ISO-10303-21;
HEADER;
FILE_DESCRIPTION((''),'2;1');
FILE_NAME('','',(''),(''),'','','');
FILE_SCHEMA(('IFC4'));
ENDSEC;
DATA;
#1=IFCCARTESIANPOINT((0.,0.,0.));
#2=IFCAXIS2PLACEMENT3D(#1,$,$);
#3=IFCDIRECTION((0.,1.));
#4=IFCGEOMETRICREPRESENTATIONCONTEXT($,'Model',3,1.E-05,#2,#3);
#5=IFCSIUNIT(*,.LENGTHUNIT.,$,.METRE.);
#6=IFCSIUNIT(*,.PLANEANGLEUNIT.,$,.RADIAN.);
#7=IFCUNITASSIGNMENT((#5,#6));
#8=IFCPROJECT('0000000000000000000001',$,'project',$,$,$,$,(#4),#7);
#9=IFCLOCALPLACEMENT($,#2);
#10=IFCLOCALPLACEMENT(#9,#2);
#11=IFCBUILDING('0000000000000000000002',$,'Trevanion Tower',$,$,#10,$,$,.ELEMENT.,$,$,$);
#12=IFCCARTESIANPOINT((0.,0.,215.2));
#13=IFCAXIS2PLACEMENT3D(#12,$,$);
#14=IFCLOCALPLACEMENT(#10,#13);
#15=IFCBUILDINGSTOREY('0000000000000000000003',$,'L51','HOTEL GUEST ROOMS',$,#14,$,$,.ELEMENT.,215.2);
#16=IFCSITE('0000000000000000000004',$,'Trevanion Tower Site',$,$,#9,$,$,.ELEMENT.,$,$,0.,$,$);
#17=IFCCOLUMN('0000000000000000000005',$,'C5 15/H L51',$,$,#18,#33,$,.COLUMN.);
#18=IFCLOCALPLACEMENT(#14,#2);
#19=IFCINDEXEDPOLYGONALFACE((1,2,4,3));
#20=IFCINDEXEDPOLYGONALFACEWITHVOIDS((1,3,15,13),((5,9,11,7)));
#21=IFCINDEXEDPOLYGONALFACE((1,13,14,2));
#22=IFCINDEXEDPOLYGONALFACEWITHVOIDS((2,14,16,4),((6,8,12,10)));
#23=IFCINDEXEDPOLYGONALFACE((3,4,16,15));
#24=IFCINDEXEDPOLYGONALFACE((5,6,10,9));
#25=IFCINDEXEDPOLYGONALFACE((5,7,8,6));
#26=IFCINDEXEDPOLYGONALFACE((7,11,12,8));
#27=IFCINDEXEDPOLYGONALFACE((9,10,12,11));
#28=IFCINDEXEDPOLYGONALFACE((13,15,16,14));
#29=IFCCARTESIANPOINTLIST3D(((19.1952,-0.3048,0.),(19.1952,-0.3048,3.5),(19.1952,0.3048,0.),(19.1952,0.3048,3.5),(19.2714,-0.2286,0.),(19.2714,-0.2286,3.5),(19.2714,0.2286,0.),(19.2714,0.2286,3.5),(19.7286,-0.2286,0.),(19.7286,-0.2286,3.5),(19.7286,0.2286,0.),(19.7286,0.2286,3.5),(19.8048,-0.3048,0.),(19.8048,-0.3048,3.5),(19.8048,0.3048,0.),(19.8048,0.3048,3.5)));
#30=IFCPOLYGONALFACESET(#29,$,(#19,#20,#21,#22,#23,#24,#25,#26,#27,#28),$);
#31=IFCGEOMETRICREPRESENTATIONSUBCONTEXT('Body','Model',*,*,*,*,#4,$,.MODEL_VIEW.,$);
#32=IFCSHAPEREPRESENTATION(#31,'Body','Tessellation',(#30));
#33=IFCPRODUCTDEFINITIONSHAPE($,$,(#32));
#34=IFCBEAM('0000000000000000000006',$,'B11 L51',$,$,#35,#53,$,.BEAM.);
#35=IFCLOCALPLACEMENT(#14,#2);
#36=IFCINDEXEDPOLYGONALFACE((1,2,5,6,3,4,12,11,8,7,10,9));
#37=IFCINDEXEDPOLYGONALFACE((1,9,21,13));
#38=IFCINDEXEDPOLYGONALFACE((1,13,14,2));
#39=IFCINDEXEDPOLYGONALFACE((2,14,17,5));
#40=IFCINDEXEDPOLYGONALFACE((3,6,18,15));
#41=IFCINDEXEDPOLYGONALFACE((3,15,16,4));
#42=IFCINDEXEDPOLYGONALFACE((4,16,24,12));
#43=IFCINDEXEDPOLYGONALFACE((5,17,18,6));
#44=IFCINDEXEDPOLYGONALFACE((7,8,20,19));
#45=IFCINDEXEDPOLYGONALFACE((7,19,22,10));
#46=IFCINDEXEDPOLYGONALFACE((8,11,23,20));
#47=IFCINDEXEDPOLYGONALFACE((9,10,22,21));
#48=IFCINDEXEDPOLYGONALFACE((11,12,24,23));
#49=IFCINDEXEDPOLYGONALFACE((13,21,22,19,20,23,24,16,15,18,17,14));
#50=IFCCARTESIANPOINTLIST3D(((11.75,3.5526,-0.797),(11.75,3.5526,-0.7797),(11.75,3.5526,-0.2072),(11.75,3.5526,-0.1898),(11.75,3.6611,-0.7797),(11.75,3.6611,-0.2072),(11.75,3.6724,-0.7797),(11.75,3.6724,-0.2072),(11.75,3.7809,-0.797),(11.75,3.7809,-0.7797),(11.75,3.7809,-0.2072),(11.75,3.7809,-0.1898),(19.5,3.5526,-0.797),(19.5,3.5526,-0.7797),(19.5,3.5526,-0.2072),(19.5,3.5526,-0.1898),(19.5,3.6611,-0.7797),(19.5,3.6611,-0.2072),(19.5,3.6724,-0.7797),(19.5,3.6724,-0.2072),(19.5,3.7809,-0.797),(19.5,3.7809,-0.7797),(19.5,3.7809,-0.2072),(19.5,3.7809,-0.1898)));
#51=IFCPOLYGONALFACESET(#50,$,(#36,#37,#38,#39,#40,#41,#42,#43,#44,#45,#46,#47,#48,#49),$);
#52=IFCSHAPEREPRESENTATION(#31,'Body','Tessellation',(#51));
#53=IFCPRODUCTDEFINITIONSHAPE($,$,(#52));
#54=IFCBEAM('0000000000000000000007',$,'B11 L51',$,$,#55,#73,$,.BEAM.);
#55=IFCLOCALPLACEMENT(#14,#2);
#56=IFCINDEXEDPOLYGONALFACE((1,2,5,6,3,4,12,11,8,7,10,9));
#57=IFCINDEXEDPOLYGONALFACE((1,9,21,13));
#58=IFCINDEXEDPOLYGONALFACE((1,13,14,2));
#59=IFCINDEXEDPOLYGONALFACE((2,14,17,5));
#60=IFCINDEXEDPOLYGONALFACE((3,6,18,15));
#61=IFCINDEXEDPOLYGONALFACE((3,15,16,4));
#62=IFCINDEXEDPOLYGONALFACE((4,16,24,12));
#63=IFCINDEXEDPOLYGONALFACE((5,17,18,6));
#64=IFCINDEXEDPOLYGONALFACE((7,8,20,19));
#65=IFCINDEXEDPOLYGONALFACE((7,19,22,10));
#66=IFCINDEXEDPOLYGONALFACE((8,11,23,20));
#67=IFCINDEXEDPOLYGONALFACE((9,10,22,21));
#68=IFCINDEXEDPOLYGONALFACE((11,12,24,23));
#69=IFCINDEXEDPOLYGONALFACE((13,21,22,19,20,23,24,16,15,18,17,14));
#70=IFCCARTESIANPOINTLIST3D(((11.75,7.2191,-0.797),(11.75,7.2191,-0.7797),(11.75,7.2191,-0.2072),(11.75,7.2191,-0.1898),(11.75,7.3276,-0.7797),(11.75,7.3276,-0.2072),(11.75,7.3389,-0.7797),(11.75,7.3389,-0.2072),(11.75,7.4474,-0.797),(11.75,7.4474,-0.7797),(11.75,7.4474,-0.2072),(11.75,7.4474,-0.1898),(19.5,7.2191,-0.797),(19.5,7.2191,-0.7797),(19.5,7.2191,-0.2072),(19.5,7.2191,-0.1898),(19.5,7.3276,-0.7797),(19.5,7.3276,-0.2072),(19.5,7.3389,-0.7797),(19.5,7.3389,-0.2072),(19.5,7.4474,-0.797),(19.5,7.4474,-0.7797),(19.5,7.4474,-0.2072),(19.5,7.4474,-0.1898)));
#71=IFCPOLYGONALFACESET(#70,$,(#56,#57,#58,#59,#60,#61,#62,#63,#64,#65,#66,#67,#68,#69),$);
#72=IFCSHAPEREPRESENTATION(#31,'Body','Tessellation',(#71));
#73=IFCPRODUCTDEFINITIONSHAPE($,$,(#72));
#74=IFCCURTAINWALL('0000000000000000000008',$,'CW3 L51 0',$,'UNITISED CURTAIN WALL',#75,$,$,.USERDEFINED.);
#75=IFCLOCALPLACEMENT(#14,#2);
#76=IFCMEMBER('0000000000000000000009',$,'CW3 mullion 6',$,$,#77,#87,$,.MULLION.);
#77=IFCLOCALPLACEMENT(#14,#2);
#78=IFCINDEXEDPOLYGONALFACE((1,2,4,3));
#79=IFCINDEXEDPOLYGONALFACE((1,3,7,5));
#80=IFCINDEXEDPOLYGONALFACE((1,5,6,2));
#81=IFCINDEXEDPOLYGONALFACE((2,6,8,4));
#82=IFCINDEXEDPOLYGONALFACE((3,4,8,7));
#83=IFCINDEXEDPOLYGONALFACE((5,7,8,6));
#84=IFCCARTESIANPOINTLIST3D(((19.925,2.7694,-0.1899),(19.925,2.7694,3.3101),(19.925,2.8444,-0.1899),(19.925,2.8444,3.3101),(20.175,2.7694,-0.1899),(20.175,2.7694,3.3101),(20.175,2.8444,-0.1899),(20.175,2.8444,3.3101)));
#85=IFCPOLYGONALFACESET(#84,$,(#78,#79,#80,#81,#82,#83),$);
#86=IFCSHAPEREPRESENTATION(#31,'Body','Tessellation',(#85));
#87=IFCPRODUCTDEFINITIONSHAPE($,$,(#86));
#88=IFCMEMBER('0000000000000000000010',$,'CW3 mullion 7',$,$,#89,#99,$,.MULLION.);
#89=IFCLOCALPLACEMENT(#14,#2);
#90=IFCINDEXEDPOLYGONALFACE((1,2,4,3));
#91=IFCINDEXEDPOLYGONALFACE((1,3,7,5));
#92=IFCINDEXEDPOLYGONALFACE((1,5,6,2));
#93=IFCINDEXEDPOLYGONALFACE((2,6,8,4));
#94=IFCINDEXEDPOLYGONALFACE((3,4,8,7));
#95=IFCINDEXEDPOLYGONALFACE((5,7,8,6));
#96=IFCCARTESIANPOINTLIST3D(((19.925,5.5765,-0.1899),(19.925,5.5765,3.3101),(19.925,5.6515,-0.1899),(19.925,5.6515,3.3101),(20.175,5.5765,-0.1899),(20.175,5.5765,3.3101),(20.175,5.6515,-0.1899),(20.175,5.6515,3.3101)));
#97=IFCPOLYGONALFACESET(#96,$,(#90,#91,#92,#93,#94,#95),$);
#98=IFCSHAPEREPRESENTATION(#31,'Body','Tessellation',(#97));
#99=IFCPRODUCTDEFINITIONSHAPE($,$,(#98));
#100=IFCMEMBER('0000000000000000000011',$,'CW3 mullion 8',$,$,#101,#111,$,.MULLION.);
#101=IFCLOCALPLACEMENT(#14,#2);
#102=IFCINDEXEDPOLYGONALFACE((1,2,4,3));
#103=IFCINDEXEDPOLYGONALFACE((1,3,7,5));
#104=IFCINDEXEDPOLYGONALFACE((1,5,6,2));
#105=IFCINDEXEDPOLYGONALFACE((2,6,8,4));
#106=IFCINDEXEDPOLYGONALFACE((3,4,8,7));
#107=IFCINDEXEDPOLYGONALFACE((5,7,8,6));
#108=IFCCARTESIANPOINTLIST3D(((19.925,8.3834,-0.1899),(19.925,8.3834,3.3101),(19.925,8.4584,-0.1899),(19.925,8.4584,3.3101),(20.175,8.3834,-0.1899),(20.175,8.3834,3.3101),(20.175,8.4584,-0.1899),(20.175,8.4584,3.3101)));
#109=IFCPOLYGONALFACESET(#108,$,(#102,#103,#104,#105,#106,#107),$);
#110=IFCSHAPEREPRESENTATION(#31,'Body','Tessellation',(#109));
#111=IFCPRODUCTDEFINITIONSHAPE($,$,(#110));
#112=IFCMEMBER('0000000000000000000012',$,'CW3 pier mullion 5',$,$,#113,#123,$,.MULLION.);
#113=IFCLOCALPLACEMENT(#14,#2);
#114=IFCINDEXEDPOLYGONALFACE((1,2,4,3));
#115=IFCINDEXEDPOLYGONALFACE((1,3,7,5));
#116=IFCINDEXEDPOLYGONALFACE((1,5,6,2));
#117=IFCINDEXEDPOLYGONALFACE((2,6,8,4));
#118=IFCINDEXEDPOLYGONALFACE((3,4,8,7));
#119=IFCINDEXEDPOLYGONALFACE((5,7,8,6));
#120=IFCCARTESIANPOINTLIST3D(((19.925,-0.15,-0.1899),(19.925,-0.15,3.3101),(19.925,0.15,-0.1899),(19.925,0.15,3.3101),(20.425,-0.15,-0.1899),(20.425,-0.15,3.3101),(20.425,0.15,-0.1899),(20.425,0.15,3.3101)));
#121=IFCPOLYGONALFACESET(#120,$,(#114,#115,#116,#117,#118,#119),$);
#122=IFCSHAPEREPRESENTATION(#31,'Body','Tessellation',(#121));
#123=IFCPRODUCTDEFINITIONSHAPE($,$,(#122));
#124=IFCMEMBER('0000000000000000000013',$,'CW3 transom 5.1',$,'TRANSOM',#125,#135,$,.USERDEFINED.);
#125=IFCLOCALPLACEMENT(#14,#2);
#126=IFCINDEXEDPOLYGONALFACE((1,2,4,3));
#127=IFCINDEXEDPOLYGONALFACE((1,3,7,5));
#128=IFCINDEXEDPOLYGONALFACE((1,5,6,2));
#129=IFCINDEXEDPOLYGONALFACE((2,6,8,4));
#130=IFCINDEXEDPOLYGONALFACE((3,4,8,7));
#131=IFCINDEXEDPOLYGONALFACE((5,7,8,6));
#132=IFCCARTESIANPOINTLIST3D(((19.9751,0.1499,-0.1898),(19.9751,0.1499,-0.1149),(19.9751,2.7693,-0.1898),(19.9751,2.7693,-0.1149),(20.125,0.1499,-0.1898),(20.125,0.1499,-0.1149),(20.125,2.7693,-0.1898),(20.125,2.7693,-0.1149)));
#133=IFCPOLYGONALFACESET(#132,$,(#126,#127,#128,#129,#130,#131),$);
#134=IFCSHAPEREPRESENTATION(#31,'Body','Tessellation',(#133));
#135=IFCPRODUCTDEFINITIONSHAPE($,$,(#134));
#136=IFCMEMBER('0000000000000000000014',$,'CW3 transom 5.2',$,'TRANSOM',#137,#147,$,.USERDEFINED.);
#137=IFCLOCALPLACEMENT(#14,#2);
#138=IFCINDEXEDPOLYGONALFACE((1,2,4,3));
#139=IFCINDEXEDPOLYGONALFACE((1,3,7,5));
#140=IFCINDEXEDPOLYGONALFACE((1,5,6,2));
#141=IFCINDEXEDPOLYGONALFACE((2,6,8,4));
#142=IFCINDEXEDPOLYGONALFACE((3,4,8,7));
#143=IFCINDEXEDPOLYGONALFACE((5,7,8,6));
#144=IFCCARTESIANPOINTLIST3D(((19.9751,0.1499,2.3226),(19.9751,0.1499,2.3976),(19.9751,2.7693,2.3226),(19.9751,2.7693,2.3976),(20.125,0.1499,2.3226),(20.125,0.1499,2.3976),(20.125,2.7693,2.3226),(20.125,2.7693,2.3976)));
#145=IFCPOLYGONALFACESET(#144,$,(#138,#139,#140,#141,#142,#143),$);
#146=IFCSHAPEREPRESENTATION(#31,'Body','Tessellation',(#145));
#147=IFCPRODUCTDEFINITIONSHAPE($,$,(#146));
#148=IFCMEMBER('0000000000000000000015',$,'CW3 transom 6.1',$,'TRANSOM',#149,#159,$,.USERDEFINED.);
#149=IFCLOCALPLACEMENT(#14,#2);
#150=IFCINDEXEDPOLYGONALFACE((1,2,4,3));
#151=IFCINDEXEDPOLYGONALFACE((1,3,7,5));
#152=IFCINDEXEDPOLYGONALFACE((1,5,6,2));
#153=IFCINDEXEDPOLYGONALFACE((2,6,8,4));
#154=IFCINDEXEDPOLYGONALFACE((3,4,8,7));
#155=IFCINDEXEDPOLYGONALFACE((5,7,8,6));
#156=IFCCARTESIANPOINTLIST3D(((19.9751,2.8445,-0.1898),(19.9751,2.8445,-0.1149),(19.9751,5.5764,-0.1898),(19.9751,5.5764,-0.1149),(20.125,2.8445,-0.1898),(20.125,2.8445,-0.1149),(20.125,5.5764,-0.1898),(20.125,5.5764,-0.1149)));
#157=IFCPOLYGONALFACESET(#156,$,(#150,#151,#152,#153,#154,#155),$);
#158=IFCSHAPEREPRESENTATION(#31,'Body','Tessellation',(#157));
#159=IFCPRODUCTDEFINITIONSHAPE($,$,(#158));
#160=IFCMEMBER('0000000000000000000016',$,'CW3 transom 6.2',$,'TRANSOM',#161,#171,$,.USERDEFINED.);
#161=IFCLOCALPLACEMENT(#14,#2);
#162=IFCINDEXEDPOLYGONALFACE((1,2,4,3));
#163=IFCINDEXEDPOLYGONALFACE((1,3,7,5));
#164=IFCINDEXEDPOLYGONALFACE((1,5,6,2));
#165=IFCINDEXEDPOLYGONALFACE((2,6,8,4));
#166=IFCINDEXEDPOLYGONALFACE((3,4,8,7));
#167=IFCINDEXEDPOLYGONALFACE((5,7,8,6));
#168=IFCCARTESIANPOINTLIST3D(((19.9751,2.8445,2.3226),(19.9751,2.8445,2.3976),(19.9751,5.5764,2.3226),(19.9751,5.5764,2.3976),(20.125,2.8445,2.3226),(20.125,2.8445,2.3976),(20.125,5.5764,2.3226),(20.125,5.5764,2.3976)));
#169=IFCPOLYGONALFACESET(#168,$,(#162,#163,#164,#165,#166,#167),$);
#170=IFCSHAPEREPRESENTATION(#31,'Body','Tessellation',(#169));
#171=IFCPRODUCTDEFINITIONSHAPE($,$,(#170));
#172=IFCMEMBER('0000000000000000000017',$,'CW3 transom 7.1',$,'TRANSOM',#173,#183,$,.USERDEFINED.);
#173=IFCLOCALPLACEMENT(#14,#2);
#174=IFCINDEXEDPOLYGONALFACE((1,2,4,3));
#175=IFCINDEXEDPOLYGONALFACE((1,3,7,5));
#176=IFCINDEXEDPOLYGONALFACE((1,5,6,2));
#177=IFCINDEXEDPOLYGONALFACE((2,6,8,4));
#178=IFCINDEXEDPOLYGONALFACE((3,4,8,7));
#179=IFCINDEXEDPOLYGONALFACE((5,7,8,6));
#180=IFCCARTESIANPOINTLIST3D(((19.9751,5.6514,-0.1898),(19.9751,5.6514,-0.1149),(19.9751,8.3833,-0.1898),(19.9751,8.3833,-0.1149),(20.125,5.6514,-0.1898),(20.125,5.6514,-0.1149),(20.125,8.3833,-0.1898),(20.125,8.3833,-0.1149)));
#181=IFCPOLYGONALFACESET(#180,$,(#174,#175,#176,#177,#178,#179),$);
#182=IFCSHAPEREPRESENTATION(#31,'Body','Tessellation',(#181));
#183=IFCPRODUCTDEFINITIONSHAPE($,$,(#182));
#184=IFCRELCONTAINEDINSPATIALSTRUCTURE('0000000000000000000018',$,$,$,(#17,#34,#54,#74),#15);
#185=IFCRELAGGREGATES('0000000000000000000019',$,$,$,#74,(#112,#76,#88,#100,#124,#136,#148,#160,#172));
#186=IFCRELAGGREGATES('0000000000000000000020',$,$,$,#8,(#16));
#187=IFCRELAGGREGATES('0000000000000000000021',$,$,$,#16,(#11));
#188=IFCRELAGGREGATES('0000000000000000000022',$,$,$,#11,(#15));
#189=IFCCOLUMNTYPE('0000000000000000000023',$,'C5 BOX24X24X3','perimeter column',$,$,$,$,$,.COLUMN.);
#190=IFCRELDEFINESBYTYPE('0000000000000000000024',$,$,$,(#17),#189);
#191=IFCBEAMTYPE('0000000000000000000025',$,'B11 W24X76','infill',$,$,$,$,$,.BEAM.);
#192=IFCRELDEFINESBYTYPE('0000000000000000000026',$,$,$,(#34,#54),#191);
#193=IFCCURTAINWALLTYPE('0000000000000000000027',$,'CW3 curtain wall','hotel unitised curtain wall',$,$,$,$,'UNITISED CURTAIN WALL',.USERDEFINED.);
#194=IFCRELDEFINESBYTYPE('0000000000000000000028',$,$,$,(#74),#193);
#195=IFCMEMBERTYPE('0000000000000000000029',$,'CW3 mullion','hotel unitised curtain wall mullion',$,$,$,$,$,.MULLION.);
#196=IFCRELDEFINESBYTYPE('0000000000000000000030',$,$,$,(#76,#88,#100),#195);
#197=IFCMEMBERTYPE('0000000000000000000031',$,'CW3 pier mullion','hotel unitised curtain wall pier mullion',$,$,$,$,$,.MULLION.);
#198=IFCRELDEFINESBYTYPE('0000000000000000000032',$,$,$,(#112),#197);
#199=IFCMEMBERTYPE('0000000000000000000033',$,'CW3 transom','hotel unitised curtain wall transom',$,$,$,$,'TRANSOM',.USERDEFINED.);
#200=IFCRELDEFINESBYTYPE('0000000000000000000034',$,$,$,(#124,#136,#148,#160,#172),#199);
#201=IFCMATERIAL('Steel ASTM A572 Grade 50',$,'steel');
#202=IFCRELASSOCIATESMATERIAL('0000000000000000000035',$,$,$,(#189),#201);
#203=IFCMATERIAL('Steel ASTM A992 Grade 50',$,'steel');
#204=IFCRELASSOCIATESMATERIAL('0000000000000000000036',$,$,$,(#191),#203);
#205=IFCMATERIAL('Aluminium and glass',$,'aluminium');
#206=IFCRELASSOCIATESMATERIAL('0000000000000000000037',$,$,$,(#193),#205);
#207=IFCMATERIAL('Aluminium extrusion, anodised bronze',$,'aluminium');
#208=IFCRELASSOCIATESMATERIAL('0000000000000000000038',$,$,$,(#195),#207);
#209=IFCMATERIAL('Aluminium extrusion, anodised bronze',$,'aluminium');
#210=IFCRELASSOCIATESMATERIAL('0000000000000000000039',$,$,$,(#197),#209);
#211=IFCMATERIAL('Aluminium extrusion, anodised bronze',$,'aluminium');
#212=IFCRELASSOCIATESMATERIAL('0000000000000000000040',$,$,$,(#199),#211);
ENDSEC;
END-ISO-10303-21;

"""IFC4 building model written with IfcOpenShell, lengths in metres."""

from ifc_helpers import new_model, si_unit, direction, frame, origin, origin_2d, place, context, subcontext, project, spatial, rectangle, hollow_rectangle, i_section, extrude, material, material_profile, profile_set, type_object, element, aggregate, save


model = new_model("IFC4")

# Units and contexts
model_context = context("Model", 3, precision=1e-05, world=origin(), true_north=direction((0.0, 1.0)))
body_context = subcontext(model_context, "Body", "Model", "MODEL_VIEW")
ifc_project = project(units=[si_unit("LENGTHUNIT", "METRE"), si_unit("PLANEANGLEUNIT", "RADIAN")], contexts=[model_context])

# Site, building, storey
site_placement = place(None, origin())
site = spatial("IfcSite", under=ifc_project, at=site_placement, Name="Trevanion Tower Site", CompositionType="ELEMENT", RefElevation=0.0)
building_placement = place(site_placement, origin())
building = spatial("IfcBuilding", under=site, at=building_placement, Name="Trevanion Tower", CompositionType="ELEMENT")
storey_placement = place(building_placement, frame((0.0, 0.0, 215.2)))
storey = spatial("IfcBuildingStorey", under=building, at=storey_placement, Name="L51", Description="HOTEL GUEST ROOMS", CompositionType="ELEMENT", Elevation=215.2)

# Column
ifc_material_1 = material(Name="Steel ASTM A572 Grade 50", Category="steel")
ifc_material_profile_1 = material_profile(ifc_material_1, hollow_rectangle(XDim=0.6096, YDim=0.6096, WallThickness=0.0762, at=origin_2d()), Name="BOX24X24X3")
ifc_profile_set_1 = profile_set([ifc_material_profile_1], Name="Steel ASTM A572 Grade 50")
column_type = type_object("IfcColumnType", Name="C5 BOX24X24X3", Description="perimeter column", PredefinedType="COLUMN", material=ifc_profile_set_1)
column_placement = place(storey_placement, frame((19.5, 0.0, 0.0), z_axis=(0.0, 0.0, 1.0), x_axis=(0.0, 1.0, 0.0)))
element("IfcColumn", 1, at=column_placement, inside=storey, type_object=column_type, Name="C5 15/H L51", PredefinedType="COLUMN", context=body_context, shape_type="SweptSolid", body=[
    extrude(hollow_rectangle(XDim=0.6096, YDim=0.6096, WallThickness=0.0762, at=origin_2d()), origin(), (0.0, 0.0, 1.0), 3.5),
])

# Beams
ifc_material_2 = material(Name="Steel ASTM A992 Grade 50", Category="steel")
ifc_material_profile_2 = material_profile(ifc_material_2, i_section(OverallWidth=0.2283, OverallDepth=0.6072, WebThickness=0.0112, FlangeThickness=0.0173, at=origin_2d()), Name="W24X76")
ifc_profile_set_2 = profile_set([ifc_material_profile_2], Name="Steel ASTM A992 Grade 50")
beam_type_1 = type_object("IfcBeamType", Name="B11 W24X76", Description="infill", PredefinedType="BEAM", material=ifc_profile_set_2)
for number, where, z_axis, x_axis, name in (
    (2, (11.75, 3.6667, -0.4934), (1.0, 0.0, 0.0), (0.0, 1.0, 0.0), "B11 L51"),
    (3, (11.75, 7.3333, -0.4934), (1.0, 0.0, 0.0), (0.0, 1.0, 0.0), "B11 L51"),
):
    element("IfcBeam", number, at=place(storey_placement, frame(where, z_axis=z_axis, x_axis=x_axis)), inside=storey, type_object=beam_type_1, Name=name, PredefinedType="BEAM", context=body_context, shape_type="SweptSolid", body=[
        extrude(i_section(OverallWidth=0.2283, OverallDepth=0.6072, WebThickness=0.0112, FlangeThickness=0.0173, at=origin_2d()), origin(), (0.0, 0.0, 1.0), 7.75),
    ])

# Curtain wall, members
ifc_material_3 = material(Name="Aluminium and glass", Category="aluminium")
curtain_wall_type = type_object("IfcCurtainWallType", Name="CW3 curtain wall", Description="hotel unitised curtain wall", ElementType="UNITISED CURTAIN WALL", PredefinedType="USERDEFINED", material=ifc_material_3)
curtain_wall_placement = place(storey_placement, origin())
curtain_wall = element("IfcCurtainWall", 4, at=curtain_wall_placement, inside=storey, type_object=curtain_wall_type, Name="CW3 L51 0", ObjectType="UNITISED CURTAIN WALL", PredefinedType="USERDEFINED")
ifc_material_4 = material(Name="Aluminium extrusion, anodised bronze", Category="aluminium")
ifc_material_profile_3 = material_profile(ifc_material_4, rectangle(XDim=0.075, YDim=0.25, at=origin_2d()), Name="CW3 mullion")
ifc_profile_set_3 = profile_set([ifc_material_profile_3], Name="Aluminium extrusion, anodised bronze")
member_type_1 = type_object("IfcMemberType", Name="CW3 mullion", Description="hotel unitised curtain wall mullion", PredefinedType="MULLION", material=ifc_profile_set_3)
member_1_placement = place(storey_placement, frame((20.05, 2.8069, -0.1899), z_axis=(0.0, 0.0, 1.0), x_axis=(0.0, 1.0, 0.0)))
member_1 = element("IfcMember", 5, at=member_1_placement, type_object=member_type_1, Name="CW3 mullion 6", PredefinedType="MULLION", context=body_context, shape_type="SweptSolid", body=[
    extrude(rectangle(XDim=0.075, YDim=0.25, at=origin_2d()), origin(), (0.0, 0.0, 1.0), 3.5),
])
member_2_placement = place(storey_placement, frame((20.05, 5.614, -0.1899), z_axis=(0.0, 0.0, 1.0), x_axis=(0.0, 1.0, 0.0)))
member_2 = element("IfcMember", 6, at=member_2_placement, type_object=member_type_1, Name="CW3 mullion 7", PredefinedType="MULLION", context=body_context, shape_type="SweptSolid", body=[
    extrude(rectangle(XDim=0.075, YDim=0.25, at=origin_2d()), origin(), (0.0, 0.0, 1.0), 3.5),
])
member_3_placement = place(storey_placement, frame((20.05, 8.4209, -0.1899), z_axis=(0.0, 0.0, 1.0), x_axis=(0.0, 1.0, 0.0)))
member_3 = element("IfcMember", 7, at=member_3_placement, type_object=member_type_1, Name="CW3 mullion 8", PredefinedType="MULLION", context=body_context, shape_type="SweptSolid", body=[
    extrude(rectangle(XDim=0.075, YDim=0.25, at=origin_2d()), origin(), (0.0, 0.0, 1.0), 3.5),
])
ifc_material_5 = material(Name="Aluminium extrusion, anodised bronze", Category="aluminium")
ifc_material_profile_4 = material_profile(ifc_material_5, rectangle(XDim=0.3, YDim=0.5, at=origin_2d()), Name="CW3 pier mullion")
ifc_profile_set_4 = profile_set([ifc_material_profile_4], Name="Aluminium extrusion, anodised bronze")
member_type_2 = type_object("IfcMemberType", Name="CW3 pier mullion", Description="hotel unitised curtain wall pier mullion", PredefinedType="MULLION", material=ifc_profile_set_4)
member_4_placement = place(storey_placement, frame((20.175, 0.0, -0.1899), z_axis=(0.0, 0.0, 1.0), x_axis=(0.0, 1.0, 0.0)))
member_4 = element("IfcMember", 8, at=member_4_placement, type_object=member_type_2, Name="CW3 pier mullion 5", PredefinedType="MULLION", context=body_context, shape_type="SweptSolid", body=[
    extrude(rectangle(XDim=0.3, YDim=0.5, at=origin_2d()), origin(), (0.0, 0.0, 1.0), 3.5),
])
ifc_material_6 = material(Name="Aluminium extrusion, anodised bronze", Category="aluminium")
ifc_material_profile_5 = material_profile(ifc_material_6, rectangle(XDim=0.1499, YDim=0.075, at=origin_2d()), Name="CW3 transom")
ifc_profile_set_5 = profile_set([ifc_material_profile_5], Name="Aluminium extrusion, anodised bronze")
member_type_3 = type_object("IfcMemberType", Name="CW3 transom", Description="hotel unitised curtain wall transom", ElementType="TRANSOM", PredefinedType="USERDEFINED", material=ifc_profile_set_5)
member_5_placement = place(storey_placement, frame((20.05, 0.1499, -0.1523), z_axis=(0.0, 1.0, 0.0), x_axis=(-1.0, 0.0, 0.0)))
member_5 = element("IfcMember", 9, at=member_5_placement, type_object=member_type_3, Name="CW3 transom 5.1", ObjectType="TRANSOM", PredefinedType="USERDEFINED", context=body_context, shape_type="SweptSolid", body=[
    extrude(rectangle(XDim=0.1499, YDim=0.075, at=origin_2d()), origin(), (0.0, 0.0, 1.0), 2.6194),
])
member_6_placement = place(storey_placement, frame((20.05, 0.1499, 2.3601), z_axis=(0.0, 1.0, 0.0), x_axis=(-1.0, 0.0, 0.0)))
member_6 = element("IfcMember", 10, at=member_6_placement, type_object=member_type_3, Name="CW3 transom 5.2", ObjectType="TRANSOM", PredefinedType="USERDEFINED", context=body_context, shape_type="SweptSolid", body=[
    extrude(rectangle(XDim=0.1499, YDim=0.075, at=origin_2d()), origin(), (0.0, 0.0, 1.0), 2.6194),
])
member_7_placement = place(storey_placement, frame((20.05, 2.8445, -0.1523), z_axis=(0.0, 1.0, 0.0), x_axis=(-1.0, 0.0, 0.0)))
member_7 = element("IfcMember", 11, at=member_7_placement, type_object=member_type_3, Name="CW3 transom 6.1", ObjectType="TRANSOM", PredefinedType="USERDEFINED", context=body_context, shape_type="SweptSolid", body=[
    extrude(rectangle(XDim=0.1499, YDim=0.075, at=origin_2d()), origin(), (0.0, 0.0, 1.0), 2.7319),
])
member_8_placement = place(storey_placement, frame((20.05, 2.8445, 2.3601), z_axis=(0.0, 1.0, 0.0), x_axis=(-1.0, 0.0, 0.0)))
member_8 = element("IfcMember", 12, at=member_8_placement, type_object=member_type_3, Name="CW3 transom 6.2", ObjectType="TRANSOM", PredefinedType="USERDEFINED", context=body_context, shape_type="SweptSolid", body=[
    extrude(rectangle(XDim=0.1499, YDim=0.075, at=origin_2d()), origin(), (0.0, 0.0, 1.0), 2.7319),
])
member_9_placement = place(storey_placement, frame((20.05, 5.6514, -0.1523), z_axis=(0.0, 1.0, 0.0), x_axis=(-1.0, 0.0, 0.0)))
member_9 = element("IfcMember", 13, at=member_9_placement, type_object=member_type_3, Name="CW3 transom 7.1", ObjectType="TRANSOM", PredefinedType="USERDEFINED", context=body_context, shape_type="SweptSolid", body=[
    extrude(rectangle(XDim=0.1499, YDim=0.075, at=origin_2d()), origin(), (0.0, 0.0, 1.0), 2.7319),
])

aggregate(curtain_wall, [member_4, member_1, member_2, member_3, member_5, member_6, member_7, member_8, member_9])

save(model, "model.ifc")
